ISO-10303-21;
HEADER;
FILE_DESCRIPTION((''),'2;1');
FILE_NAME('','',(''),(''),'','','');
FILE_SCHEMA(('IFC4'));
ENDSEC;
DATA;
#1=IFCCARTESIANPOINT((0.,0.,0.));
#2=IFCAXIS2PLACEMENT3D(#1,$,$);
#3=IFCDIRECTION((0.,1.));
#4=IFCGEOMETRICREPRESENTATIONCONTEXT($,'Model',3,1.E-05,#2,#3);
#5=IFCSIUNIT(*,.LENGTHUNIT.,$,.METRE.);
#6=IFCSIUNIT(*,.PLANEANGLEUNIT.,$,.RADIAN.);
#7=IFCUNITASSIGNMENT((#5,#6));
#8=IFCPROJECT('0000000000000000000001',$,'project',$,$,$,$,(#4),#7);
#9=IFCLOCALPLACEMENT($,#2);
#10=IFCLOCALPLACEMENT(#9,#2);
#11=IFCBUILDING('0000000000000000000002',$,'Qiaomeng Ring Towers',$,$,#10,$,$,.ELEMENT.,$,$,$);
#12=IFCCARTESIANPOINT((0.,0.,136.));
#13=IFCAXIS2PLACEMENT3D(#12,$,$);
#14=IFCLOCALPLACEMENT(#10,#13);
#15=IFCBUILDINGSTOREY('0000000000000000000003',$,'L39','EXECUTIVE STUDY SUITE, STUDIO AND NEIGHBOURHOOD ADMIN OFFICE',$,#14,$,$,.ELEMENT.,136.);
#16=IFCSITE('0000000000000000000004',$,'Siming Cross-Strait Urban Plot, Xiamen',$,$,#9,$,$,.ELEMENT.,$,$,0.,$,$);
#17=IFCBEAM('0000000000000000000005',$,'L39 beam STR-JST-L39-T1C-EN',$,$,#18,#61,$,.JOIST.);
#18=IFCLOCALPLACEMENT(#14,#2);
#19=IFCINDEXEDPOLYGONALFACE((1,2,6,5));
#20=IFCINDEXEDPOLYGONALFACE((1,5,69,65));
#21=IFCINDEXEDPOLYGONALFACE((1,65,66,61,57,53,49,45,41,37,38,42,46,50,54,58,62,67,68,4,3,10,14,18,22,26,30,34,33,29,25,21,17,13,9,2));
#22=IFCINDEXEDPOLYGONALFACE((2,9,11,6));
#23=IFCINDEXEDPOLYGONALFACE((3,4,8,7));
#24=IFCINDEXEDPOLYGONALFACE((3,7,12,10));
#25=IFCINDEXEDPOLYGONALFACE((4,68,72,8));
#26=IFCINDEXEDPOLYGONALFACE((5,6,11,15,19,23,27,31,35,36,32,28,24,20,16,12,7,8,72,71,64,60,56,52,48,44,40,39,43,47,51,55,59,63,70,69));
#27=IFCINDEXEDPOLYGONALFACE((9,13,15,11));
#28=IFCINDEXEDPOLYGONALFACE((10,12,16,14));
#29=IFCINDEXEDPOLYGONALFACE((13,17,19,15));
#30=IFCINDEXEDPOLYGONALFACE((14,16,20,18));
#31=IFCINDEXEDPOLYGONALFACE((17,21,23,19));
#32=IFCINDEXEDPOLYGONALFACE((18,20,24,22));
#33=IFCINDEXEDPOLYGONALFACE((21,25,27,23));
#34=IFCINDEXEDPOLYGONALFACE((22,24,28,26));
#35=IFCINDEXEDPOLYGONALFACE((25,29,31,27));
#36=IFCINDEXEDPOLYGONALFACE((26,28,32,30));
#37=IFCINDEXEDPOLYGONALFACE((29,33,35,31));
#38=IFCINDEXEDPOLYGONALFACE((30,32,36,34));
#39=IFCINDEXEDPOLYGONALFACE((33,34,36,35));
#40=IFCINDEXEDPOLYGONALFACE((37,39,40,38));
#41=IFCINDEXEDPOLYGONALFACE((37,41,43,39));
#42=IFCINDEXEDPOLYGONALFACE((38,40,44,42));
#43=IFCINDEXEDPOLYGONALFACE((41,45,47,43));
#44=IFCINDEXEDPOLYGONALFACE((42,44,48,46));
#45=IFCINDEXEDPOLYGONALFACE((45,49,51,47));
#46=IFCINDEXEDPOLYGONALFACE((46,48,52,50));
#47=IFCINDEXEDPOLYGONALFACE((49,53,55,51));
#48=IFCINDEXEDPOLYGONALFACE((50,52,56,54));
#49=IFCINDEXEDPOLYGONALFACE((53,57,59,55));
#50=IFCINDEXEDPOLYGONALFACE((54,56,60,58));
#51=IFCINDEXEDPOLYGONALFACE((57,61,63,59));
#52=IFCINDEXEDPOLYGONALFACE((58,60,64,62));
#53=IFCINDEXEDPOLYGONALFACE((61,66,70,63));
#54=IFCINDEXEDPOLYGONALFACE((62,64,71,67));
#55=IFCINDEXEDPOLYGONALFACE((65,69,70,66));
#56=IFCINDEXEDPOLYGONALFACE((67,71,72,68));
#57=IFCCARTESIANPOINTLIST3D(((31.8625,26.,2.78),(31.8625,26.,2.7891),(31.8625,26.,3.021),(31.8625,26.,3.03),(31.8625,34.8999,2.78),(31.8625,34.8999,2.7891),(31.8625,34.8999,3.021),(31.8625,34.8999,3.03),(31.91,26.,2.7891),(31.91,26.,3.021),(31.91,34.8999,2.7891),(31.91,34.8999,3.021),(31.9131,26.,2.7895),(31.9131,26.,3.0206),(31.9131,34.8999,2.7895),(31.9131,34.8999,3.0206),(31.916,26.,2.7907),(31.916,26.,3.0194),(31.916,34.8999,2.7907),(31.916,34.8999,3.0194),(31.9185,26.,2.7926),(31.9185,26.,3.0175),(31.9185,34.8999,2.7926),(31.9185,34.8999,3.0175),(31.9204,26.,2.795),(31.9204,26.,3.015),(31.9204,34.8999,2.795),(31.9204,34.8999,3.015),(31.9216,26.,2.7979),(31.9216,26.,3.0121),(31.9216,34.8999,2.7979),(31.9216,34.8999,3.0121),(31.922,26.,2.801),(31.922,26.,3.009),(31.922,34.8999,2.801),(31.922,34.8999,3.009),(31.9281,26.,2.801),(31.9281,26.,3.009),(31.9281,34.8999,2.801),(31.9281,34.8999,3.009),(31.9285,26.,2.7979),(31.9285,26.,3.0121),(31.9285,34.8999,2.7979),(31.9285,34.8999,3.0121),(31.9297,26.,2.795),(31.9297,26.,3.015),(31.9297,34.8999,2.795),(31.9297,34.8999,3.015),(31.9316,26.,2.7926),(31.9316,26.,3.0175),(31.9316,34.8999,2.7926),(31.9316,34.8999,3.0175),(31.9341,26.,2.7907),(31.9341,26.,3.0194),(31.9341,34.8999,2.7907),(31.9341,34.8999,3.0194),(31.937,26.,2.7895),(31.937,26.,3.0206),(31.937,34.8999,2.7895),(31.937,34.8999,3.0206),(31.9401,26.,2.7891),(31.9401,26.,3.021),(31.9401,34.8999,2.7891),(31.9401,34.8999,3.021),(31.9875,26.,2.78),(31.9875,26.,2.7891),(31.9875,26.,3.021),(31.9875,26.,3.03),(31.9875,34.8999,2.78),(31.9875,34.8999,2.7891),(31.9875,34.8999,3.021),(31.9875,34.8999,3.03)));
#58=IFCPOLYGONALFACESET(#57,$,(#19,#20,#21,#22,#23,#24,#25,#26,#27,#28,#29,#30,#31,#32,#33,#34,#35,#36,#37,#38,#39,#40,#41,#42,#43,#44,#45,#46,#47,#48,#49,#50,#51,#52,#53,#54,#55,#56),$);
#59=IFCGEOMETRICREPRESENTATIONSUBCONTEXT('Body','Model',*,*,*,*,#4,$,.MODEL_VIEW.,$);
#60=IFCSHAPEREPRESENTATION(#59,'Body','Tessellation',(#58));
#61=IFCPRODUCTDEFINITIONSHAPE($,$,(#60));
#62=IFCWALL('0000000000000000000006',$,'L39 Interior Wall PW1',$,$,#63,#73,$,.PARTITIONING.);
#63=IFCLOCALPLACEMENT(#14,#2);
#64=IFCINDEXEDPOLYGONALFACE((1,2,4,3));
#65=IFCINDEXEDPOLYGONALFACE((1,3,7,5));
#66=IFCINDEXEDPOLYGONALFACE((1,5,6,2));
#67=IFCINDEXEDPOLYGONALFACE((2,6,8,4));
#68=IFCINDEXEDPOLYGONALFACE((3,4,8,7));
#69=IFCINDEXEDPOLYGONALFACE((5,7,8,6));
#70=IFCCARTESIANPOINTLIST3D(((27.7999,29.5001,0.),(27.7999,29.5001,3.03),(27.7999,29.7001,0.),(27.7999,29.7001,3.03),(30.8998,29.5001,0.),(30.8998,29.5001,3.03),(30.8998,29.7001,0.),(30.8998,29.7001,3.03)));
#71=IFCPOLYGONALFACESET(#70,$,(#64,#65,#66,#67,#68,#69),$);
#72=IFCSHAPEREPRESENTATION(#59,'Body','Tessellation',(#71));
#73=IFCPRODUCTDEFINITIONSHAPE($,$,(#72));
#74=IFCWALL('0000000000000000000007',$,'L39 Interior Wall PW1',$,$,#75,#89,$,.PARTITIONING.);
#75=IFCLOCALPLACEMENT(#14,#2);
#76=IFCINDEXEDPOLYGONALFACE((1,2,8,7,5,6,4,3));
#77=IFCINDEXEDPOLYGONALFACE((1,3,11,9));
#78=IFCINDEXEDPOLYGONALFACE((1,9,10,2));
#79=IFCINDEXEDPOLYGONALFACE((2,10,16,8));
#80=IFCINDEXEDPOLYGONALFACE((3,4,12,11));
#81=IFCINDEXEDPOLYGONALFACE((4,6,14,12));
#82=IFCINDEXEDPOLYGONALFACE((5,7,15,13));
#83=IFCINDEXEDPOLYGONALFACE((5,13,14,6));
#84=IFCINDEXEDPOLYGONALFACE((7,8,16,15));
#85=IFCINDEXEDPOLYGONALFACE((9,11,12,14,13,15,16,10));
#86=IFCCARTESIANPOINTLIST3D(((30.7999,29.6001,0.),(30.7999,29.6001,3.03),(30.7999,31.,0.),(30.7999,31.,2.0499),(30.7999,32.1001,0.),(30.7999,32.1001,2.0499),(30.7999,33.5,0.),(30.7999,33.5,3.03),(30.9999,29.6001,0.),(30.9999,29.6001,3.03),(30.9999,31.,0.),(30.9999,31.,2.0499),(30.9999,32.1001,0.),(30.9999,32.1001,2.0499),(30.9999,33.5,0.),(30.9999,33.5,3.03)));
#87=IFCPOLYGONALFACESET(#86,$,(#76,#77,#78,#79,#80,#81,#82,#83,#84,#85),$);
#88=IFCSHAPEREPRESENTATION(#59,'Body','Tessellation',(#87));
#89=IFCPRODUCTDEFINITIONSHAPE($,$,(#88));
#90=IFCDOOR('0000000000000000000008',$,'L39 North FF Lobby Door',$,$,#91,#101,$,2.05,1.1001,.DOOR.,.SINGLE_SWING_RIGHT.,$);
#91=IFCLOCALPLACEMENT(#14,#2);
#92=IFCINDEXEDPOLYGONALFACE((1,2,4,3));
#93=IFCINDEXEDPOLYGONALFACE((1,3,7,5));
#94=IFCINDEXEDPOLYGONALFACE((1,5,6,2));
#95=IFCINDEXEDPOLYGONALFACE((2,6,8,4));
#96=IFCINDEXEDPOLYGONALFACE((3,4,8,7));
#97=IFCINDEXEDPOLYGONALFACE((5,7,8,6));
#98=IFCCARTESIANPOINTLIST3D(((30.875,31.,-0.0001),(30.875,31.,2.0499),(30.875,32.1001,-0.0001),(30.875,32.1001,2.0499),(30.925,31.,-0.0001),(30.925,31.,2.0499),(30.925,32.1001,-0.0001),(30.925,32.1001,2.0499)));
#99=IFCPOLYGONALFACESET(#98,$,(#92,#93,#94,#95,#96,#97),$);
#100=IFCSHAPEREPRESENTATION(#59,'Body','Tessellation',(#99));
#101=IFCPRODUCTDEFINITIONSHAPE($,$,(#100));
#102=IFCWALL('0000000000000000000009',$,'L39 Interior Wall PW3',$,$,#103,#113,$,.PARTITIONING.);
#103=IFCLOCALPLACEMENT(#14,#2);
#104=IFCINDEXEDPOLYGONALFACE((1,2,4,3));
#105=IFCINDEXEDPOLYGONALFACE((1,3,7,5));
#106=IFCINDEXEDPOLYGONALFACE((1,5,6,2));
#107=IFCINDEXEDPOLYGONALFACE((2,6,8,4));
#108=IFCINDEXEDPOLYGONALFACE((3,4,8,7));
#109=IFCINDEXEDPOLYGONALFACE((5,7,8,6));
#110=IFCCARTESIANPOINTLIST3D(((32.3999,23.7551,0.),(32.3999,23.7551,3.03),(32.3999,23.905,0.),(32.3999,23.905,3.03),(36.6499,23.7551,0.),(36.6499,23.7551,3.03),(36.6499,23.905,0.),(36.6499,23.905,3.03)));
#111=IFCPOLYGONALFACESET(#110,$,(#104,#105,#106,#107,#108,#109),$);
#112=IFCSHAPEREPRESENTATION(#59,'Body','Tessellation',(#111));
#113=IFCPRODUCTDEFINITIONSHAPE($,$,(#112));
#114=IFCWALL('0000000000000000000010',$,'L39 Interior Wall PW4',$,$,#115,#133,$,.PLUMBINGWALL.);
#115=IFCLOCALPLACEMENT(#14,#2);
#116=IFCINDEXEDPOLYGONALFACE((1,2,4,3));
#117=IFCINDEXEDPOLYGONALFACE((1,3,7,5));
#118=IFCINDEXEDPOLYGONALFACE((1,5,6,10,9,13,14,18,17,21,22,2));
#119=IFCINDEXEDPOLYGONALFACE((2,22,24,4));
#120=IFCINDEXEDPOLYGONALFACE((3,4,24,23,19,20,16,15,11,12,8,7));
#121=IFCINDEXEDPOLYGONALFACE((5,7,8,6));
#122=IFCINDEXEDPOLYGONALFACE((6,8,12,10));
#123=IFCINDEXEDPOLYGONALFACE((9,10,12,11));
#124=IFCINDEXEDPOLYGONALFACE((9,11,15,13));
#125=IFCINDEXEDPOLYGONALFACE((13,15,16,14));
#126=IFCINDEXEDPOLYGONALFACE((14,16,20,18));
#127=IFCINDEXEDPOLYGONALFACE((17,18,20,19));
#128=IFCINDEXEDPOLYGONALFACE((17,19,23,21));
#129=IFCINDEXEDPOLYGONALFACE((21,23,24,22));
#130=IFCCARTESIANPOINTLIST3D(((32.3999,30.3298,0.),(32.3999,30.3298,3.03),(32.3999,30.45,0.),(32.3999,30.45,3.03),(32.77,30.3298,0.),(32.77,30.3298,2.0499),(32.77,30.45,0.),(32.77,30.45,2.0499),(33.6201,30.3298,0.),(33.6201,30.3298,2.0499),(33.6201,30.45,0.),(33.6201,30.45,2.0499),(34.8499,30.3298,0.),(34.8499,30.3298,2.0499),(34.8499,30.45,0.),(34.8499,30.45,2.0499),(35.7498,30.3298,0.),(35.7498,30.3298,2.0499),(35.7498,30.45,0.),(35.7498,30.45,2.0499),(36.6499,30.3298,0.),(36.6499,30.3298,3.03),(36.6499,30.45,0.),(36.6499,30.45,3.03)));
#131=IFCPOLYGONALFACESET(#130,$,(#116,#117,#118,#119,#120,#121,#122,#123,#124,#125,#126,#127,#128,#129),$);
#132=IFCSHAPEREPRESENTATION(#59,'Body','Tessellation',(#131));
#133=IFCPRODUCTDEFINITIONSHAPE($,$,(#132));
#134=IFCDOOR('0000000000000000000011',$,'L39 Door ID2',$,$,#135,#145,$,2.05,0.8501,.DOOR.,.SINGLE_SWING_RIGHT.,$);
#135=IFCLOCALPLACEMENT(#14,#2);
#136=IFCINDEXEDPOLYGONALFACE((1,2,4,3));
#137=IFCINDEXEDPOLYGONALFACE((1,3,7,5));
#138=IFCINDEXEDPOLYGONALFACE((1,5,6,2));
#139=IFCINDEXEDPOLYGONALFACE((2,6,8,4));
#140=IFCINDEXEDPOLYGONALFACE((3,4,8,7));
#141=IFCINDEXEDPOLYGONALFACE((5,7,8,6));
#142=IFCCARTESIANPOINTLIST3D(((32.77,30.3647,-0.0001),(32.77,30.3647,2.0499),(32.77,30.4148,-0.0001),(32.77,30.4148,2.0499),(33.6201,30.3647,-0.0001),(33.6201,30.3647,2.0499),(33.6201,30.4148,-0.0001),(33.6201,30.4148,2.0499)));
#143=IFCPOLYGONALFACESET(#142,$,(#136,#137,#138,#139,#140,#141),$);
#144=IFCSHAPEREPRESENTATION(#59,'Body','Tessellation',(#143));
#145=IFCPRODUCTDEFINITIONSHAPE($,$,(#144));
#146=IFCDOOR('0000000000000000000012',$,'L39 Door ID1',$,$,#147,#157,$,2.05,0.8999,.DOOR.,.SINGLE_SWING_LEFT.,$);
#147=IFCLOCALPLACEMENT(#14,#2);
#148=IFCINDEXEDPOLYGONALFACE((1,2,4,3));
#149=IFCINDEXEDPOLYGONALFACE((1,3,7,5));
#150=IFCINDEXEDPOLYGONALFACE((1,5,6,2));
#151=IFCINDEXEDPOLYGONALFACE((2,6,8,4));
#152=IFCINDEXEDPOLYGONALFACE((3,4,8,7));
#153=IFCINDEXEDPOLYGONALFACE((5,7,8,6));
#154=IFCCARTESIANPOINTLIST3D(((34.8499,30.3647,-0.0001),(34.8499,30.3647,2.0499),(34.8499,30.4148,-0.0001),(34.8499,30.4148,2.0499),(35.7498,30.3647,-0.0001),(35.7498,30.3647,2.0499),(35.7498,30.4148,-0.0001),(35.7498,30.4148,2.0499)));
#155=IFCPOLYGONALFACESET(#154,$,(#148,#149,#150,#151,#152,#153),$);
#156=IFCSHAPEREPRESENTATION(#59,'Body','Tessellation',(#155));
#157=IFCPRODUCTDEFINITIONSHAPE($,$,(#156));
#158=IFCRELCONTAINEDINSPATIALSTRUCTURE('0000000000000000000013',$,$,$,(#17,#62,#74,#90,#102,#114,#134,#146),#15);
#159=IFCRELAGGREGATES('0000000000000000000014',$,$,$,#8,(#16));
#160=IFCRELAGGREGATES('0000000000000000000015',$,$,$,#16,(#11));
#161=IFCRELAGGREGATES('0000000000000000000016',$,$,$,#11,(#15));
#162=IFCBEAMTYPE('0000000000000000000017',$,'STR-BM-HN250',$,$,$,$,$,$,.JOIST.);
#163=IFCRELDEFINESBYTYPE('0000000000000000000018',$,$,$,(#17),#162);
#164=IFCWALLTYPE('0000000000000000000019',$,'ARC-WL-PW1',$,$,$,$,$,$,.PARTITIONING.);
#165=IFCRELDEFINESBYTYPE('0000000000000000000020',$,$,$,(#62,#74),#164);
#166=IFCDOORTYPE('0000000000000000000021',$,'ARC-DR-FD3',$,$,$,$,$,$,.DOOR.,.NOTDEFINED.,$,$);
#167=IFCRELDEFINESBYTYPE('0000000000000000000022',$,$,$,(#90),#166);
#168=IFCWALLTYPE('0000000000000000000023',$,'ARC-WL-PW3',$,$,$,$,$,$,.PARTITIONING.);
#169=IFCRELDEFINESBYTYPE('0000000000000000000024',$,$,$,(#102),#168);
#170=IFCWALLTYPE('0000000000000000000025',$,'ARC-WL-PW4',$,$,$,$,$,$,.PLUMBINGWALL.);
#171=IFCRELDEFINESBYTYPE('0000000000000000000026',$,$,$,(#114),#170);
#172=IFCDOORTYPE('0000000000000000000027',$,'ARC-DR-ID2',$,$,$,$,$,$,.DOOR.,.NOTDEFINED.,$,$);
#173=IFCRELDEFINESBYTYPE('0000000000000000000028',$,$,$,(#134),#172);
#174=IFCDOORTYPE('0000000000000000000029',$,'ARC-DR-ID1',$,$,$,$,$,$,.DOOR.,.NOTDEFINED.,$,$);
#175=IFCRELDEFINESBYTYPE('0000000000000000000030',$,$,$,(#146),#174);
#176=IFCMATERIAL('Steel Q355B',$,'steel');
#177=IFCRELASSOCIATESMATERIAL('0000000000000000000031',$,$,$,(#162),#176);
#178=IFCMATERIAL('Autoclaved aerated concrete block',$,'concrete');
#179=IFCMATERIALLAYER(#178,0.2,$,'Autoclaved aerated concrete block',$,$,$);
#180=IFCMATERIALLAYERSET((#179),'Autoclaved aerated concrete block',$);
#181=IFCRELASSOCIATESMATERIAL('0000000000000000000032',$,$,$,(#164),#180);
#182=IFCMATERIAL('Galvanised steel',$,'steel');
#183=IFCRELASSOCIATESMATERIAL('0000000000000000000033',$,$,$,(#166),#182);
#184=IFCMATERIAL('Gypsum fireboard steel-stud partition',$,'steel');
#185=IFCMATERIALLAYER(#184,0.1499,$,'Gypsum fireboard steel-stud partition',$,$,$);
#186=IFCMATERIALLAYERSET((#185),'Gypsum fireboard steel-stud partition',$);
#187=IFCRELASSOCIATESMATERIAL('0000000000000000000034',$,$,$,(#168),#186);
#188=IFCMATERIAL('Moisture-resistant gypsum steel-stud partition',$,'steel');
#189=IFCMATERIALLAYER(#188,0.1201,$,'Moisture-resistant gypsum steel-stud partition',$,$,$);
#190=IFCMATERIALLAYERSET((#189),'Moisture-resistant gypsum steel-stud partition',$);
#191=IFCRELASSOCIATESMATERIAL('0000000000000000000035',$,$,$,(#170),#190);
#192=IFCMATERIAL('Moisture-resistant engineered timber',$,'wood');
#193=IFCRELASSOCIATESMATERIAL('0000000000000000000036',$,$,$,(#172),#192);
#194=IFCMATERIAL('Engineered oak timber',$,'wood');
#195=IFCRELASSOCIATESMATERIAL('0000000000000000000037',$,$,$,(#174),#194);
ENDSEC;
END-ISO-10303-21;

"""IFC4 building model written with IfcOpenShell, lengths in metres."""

from ifc_helpers import new_model, si_unit, direction, frame, frame_2d, origin, origin_2d, place, context, subcontext, project, spatial, rectangle, i_section, extrude, source, transform, mapped, material, layer, layer_set, material_profile, profile_set, type_object, element, fill, save


model = new_model("IFC4")

# Units and contexts
model_context = context("Model", 3, precision=1e-05, world=origin(), true_north=direction((0.0, 1.0)))
body_context = subcontext(model_context, "Body", "Model", "MODEL_VIEW")
ifc_project = project(units=[si_unit("LENGTHUNIT", "METRE"), si_unit("PLANEANGLEUNIT", "RADIAN")], contexts=[model_context])

# Site, building, storey
site_placement = place(None, origin())
site = spatial("IfcSite", under=ifc_project, at=site_placement, Name="Siming Cross-Strait Urban Plot, Xiamen", CompositionType="ELEMENT", RefElevation=0.0)
building_placement = place(site_placement, origin())
building = spatial("IfcBuilding", under=site, at=building_placement, Name="Qiaomeng Ring Towers", CompositionType="ELEMENT")
storey_placement = place(building_placement, frame((0.0, 0.0, 136.0)))
storey = spatial("IfcBuildingStorey", under=building, at=storey_placement, Name="L39", Description="EXECUTIVE STUDY SUITE, STUDIO AND NEIGHBOURHOOD ADMIN OFFICE", CompositionType="ELEMENT", Elevation=136.0)

# Beam
ifc_material_1 = material(Name="Steel Q355B", Category="steel")
ifc_material_profile_1 = material_profile(ifc_material_1, i_section(OverallWidth=0.125, OverallDepth=0.25, WebThickness=0.0061, FlangeThickness=0.009, FilletRadius=0.012, at=origin_2d()), Name="HN 250x125x6x9")
ifc_profile_set_1 = profile_set([ifc_material_profile_1], Name="Steel Q355B")
beam_type_1 = type_object("IfcBeamType", Name="STR-BM-HN250", PredefinedType="JOIST", material=ifc_profile_set_1)
shared_shape_1 = source(origin(), body_context, "Body", "SweptSolid", [
    extrude(i_section(OverallWidth=0.125, OverallDepth=0.25, WebThickness=0.0061, FlangeThickness=0.009, FilletRadius=0.012, at=origin_2d()), origin(), (0.0, 0.0, 1.0), 8.8999),
])
beam_1_placement = place(storey_placement, frame((31.925, 26.0, 2.905), z_axis=(0.0, 1.0, 0.0), x_axis=(-1.0, 0.0, 0.0)))
element("IfcBeam", 1, at=beam_1_placement, inside=storey, type_object=beam_type_1, Name="L39 beam STR-JST-L39-T1C-EN", PredefinedType="JOIST", context=body_context, shape_type="MappedRepresentation", body=[
    mapped(shared_shape_1, transform((0.0, 0.0, 0.0), x_axis=(1.0, 0.0, 0.0), y_axis=(0.0, 1.0, 0.0), z_axis=(0.0, 0.0, 1.0), scale=1.0)),
])

# Wall
ifc_material_2 = material(Name="Autoclaved aerated concrete block", Category="concrete")
ifc_layer_1 = layer(ifc_material_2, 0.2, Name="Autoclaved aerated concrete block")
ifc_layer_set_1 = layer_set([ifc_layer_1], Name="Autoclaved aerated concrete block")
wall_type_1 = type_object("IfcWallType", Name="ARC-WL-PW1", PredefinedType="PARTITIONING", material=ifc_layer_set_1)
wall_1_placement = place(storey_placement, frame((27.8, 29.6001, 0.0), z_axis=(0.0, 0.0, 1.0), x_axis=(1.0, 0.0, 0.0)))
element("IfcWall", 2, at=wall_1_placement, inside=storey, type_object=wall_type_1, Name="L39 Interior Wall PW1", PredefinedType="PARTITIONING", context=body_context, shape_type="SweptSolid", body=[
    extrude(rectangle(XDim=3.0999, YDim=0.2, at=frame_2d((1.5498, 0.0))), origin(), (0.0, 0.0, 1.0), 3.03),
])

# Wall, opening, door
wall_2_placement = place(storey_placement, frame((30.8999, 29.6001, 0.0), z_axis=(0.0, 0.0, 1.0), x_axis=(0.0, 1.0, 0.0)))
wall_2 = element("IfcWall", 3, at=wall_2_placement, inside=storey, type_object=wall_type_1, Name="L39 Interior Wall PW1", PredefinedType="PARTITIONING", context=body_context, shape_type="SweptSolid", body=[
    extrude(rectangle(XDim=3.8999, YDim=0.2, at=frame_2d((1.95, 0.0))), origin(), (0.0, 0.0, 1.0), 3.03),
])
opening_1_placement = place(wall_2_placement, frame((1.3999, 0.0, 0.0)))
opening_1 = element("IfcOpeningElement", 4, at=opening_1_placement, cuts=wall_2, PredefinedType="OPENING", context=body_context, shape_type="SweptSolid", body=[
    extrude(rectangle(XDim=1.1001, YDim=2.05, at=frame_2d((0.55, 1.0249))), frame((0.0, 0.1099, 0.0), z_axis=(0.0, -1.0, 0.0), x_axis=(1.0, 0.0, 0.0)), (0.0, 0.0, 1.0), 0.22),
])
ifc_material_3 = material(Name="Galvanised steel", Category="steel")
door_type_1 = type_object("IfcDoorType", Name="ARC-DR-FD3", OperationType="NOTDEFINED", PredefinedType="DOOR", material=ifc_material_3)
shared_shape_2 = source(origin(), body_context, "Body", "SweptSolid", [
    extrude(rectangle(XDim=1.1001, YDim=2.05, at=frame_2d((0.55, 1.0249))), frame((0.0, 0.0249, 0.0), z_axis=(0.0, -1.0, 0.0), x_axis=(1.0, 0.0, 0.0)), (0.0, 0.0, 1.0), 0.05),
])
door_1_placement = place(opening_1_placement, origin())
door_1 = element("IfcDoor", 5, at=door_1_placement, inside=storey, type_object=door_type_1, Name="L39 North FF Lobby Door", OperationType="SINGLE_SWING_RIGHT", OverallHeight=2.05, OverallWidth=1.1001, PredefinedType="DOOR", context=body_context, shape_type="MappedRepresentation", body=[
    mapped(shared_shape_2, transform((0.0, 0.0, 0.0), x_axis=(1.0, 0.0, 0.0), y_axis=(0.0, 1.0, 0.0), z_axis=(0.0, 0.0, 1.0), scale=1.0)),
])
fill(opening_1, door_1)

# Wall
ifc_material_4 = material(Name="Gypsum fireboard steel-stud partition", Category="steel")
ifc_layer_2 = layer(ifc_material_4, 0.1499, Name="Gypsum fireboard steel-stud partition")
ifc_layer_set_2 = layer_set([ifc_layer_2], Name="Gypsum fireboard steel-stud partition")
wall_type_2 = type_object("IfcWallType", Name="ARC-WL-PW3", PredefinedType="PARTITIONING", material=ifc_layer_set_2)
wall_3_placement = place(storey_placement, frame((32.3999, 23.8301, 0.0), z_axis=(0.0, 0.0, 1.0), x_axis=(1.0, 0.0, 0.0)))
element("IfcWall", 6, at=wall_3_placement, inside=storey, type_object=wall_type_2, Name="L39 Interior Wall PW3", PredefinedType="PARTITIONING", context=body_context, shape_type="SweptSolid", body=[
    extrude(rectangle(XDim=4.25, YDim=0.1499, at=frame_2d((2.125, 0.0))), origin(), (0.0, 0.0, 1.0), 3.03),
])

# Wall, openings, doors
ifc_material_5 = material(Name="Moisture-resistant gypsum steel-stud partition", Category="steel")
ifc_layer_3 = layer(ifc_material_5, 0.1201, Name="Moisture-resistant gypsum steel-stud partition")
ifc_layer_set_3 = layer_set([ifc_layer_3], Name="Moisture-resistant gypsum steel-stud partition")
wall_type_3 = type_object("IfcWallType", Name="ARC-WL-PW4", PredefinedType="PLUMBINGWALL", material=ifc_layer_set_3)
wall_4_placement = place(storey_placement, frame((32.3999, 30.3899, 0.0), z_axis=(0.0, 0.0, 1.0), x_axis=(1.0, 0.0, 0.0)))
wall_4 = element("IfcWall", 7, at=wall_4_placement, inside=storey, type_object=wall_type_3, Name="L39 Interior Wall PW4", PredefinedType="PLUMBINGWALL", context=body_context, shape_type="SweptSolid", body=[
    extrude(rectangle(XDim=4.25, YDim=0.1201, at=frame_2d((2.125, 0.0))), origin(), (0.0, 0.0, 1.0), 3.03),
])
opening_2_placement = place(wall_4_placement, frame((0.3701, 0.0, 0.0)))
opening_2 = element("IfcOpeningElement", 8, at=opening_2_placement, cuts=wall_4, PredefinedType="OPENING", context=body_context, shape_type="SweptSolid", body=[
    extrude(rectangle(XDim=0.8501, YDim=2.05, at=frame_2d((0.425, 1.0249))), frame((0.0, 0.0701, 0.0), z_axis=(0.0, -1.0, 0.0), x_axis=(1.0, 0.0, 0.0)), (0.0, 0.0, 1.0), 0.1401),
])
opening_3_placement = place(wall_4_placement, frame((2.45, 0.0, 0.0)))
opening_3 = element("IfcOpeningElement", 9, at=opening_3_placement, cuts=wall_4, PredefinedType="OPENING", context=body_context, shape_type="SweptSolid", body=[
    extrude(rectangle(XDim=0.8999, YDim=2.05, at=frame_2d((0.45, 1.0249))), frame((0.0, 0.0701, 0.0), z_axis=(0.0, -1.0, 0.0), x_axis=(1.0, 0.0, 0.0)), (0.0, 0.0, 1.0), 0.1401),
])
ifc_material_6 = material(Name="Moisture-resistant engineered timber", Category="wood")
door_type_2 = type_object("IfcDoorType", Name="ARC-DR-ID2", OperationType="NOTDEFINED", PredefinedType="DOOR", material=ifc_material_6)
shared_shape_3 = source(origin(), body_context, "Body", "SweptSolid", [
    extrude(rectangle(XDim=0.8501, YDim=2.05, at=frame_2d((0.425, 1.0249))), frame((0.0, 0.0249, 0.0), z_axis=(0.0, -1.0, 0.0), x_axis=(1.0, 0.0, 0.0)), (0.0, 0.0, 1.0), 0.05),
])
door_2_placement = place(opening_2_placement, origin())
door_2 = element("IfcDoor", 10, at=door_2_placement, inside=storey, type_object=door_type_2, Name="L39 Door ID2", OperationType="SINGLE_SWING_RIGHT", OverallHeight=2.05, OverallWidth=0.8501, PredefinedType="DOOR", context=body_context, shape_type="MappedRepresentation", body=[
    mapped(shared_shape_3, transform((0.0, 0.0, 0.0), x_axis=(1.0, 0.0, 0.0), y_axis=(0.0, 1.0, 0.0), z_axis=(0.0, 0.0, 1.0), scale=1.0)),
])
fill(opening_2, door_2)
ifc_material_7 = material(Name="Engineered oak timber", Category="wood")
door_type_3 = type_object("IfcDoorType", Name="ARC-DR-ID1", OperationType="NOTDEFINED", PredefinedType="DOOR", material=ifc_material_7)
shared_shape_4 = source(origin(), body_context, "Body", "SweptSolid", [
    extrude(rectangle(XDim=0.8999, YDim=2.05, at=frame_2d((0.45, 1.0249))), frame((0.0, 0.0249, 0.0), z_axis=(0.0, -1.0, 0.0), x_axis=(1.0, 0.0, 0.0)), (0.0, 0.0, 1.0), 0.05),
])
door_3_placement = place(opening_3_placement, origin())
door_3 = element("IfcDoor", 11, at=door_3_placement, inside=storey, type_object=door_type_3, Name="L39 Door ID1", OperationType="SINGLE_SWING_LEFT", OverallHeight=2.05, OverallWidth=0.8999, PredefinedType="DOOR", context=body_context, shape_type="MappedRepresentation", body=[
    mapped(shared_shape_4, transform((0.0, 0.0, 0.0), x_axis=(1.0, 0.0, 0.0), y_axis=(0.0, 1.0, 0.0), z_axis=(0.0, 0.0, 1.0), scale=1.0)),
])
fill(opening_3, door_3)

save(model, "model.ifc")
